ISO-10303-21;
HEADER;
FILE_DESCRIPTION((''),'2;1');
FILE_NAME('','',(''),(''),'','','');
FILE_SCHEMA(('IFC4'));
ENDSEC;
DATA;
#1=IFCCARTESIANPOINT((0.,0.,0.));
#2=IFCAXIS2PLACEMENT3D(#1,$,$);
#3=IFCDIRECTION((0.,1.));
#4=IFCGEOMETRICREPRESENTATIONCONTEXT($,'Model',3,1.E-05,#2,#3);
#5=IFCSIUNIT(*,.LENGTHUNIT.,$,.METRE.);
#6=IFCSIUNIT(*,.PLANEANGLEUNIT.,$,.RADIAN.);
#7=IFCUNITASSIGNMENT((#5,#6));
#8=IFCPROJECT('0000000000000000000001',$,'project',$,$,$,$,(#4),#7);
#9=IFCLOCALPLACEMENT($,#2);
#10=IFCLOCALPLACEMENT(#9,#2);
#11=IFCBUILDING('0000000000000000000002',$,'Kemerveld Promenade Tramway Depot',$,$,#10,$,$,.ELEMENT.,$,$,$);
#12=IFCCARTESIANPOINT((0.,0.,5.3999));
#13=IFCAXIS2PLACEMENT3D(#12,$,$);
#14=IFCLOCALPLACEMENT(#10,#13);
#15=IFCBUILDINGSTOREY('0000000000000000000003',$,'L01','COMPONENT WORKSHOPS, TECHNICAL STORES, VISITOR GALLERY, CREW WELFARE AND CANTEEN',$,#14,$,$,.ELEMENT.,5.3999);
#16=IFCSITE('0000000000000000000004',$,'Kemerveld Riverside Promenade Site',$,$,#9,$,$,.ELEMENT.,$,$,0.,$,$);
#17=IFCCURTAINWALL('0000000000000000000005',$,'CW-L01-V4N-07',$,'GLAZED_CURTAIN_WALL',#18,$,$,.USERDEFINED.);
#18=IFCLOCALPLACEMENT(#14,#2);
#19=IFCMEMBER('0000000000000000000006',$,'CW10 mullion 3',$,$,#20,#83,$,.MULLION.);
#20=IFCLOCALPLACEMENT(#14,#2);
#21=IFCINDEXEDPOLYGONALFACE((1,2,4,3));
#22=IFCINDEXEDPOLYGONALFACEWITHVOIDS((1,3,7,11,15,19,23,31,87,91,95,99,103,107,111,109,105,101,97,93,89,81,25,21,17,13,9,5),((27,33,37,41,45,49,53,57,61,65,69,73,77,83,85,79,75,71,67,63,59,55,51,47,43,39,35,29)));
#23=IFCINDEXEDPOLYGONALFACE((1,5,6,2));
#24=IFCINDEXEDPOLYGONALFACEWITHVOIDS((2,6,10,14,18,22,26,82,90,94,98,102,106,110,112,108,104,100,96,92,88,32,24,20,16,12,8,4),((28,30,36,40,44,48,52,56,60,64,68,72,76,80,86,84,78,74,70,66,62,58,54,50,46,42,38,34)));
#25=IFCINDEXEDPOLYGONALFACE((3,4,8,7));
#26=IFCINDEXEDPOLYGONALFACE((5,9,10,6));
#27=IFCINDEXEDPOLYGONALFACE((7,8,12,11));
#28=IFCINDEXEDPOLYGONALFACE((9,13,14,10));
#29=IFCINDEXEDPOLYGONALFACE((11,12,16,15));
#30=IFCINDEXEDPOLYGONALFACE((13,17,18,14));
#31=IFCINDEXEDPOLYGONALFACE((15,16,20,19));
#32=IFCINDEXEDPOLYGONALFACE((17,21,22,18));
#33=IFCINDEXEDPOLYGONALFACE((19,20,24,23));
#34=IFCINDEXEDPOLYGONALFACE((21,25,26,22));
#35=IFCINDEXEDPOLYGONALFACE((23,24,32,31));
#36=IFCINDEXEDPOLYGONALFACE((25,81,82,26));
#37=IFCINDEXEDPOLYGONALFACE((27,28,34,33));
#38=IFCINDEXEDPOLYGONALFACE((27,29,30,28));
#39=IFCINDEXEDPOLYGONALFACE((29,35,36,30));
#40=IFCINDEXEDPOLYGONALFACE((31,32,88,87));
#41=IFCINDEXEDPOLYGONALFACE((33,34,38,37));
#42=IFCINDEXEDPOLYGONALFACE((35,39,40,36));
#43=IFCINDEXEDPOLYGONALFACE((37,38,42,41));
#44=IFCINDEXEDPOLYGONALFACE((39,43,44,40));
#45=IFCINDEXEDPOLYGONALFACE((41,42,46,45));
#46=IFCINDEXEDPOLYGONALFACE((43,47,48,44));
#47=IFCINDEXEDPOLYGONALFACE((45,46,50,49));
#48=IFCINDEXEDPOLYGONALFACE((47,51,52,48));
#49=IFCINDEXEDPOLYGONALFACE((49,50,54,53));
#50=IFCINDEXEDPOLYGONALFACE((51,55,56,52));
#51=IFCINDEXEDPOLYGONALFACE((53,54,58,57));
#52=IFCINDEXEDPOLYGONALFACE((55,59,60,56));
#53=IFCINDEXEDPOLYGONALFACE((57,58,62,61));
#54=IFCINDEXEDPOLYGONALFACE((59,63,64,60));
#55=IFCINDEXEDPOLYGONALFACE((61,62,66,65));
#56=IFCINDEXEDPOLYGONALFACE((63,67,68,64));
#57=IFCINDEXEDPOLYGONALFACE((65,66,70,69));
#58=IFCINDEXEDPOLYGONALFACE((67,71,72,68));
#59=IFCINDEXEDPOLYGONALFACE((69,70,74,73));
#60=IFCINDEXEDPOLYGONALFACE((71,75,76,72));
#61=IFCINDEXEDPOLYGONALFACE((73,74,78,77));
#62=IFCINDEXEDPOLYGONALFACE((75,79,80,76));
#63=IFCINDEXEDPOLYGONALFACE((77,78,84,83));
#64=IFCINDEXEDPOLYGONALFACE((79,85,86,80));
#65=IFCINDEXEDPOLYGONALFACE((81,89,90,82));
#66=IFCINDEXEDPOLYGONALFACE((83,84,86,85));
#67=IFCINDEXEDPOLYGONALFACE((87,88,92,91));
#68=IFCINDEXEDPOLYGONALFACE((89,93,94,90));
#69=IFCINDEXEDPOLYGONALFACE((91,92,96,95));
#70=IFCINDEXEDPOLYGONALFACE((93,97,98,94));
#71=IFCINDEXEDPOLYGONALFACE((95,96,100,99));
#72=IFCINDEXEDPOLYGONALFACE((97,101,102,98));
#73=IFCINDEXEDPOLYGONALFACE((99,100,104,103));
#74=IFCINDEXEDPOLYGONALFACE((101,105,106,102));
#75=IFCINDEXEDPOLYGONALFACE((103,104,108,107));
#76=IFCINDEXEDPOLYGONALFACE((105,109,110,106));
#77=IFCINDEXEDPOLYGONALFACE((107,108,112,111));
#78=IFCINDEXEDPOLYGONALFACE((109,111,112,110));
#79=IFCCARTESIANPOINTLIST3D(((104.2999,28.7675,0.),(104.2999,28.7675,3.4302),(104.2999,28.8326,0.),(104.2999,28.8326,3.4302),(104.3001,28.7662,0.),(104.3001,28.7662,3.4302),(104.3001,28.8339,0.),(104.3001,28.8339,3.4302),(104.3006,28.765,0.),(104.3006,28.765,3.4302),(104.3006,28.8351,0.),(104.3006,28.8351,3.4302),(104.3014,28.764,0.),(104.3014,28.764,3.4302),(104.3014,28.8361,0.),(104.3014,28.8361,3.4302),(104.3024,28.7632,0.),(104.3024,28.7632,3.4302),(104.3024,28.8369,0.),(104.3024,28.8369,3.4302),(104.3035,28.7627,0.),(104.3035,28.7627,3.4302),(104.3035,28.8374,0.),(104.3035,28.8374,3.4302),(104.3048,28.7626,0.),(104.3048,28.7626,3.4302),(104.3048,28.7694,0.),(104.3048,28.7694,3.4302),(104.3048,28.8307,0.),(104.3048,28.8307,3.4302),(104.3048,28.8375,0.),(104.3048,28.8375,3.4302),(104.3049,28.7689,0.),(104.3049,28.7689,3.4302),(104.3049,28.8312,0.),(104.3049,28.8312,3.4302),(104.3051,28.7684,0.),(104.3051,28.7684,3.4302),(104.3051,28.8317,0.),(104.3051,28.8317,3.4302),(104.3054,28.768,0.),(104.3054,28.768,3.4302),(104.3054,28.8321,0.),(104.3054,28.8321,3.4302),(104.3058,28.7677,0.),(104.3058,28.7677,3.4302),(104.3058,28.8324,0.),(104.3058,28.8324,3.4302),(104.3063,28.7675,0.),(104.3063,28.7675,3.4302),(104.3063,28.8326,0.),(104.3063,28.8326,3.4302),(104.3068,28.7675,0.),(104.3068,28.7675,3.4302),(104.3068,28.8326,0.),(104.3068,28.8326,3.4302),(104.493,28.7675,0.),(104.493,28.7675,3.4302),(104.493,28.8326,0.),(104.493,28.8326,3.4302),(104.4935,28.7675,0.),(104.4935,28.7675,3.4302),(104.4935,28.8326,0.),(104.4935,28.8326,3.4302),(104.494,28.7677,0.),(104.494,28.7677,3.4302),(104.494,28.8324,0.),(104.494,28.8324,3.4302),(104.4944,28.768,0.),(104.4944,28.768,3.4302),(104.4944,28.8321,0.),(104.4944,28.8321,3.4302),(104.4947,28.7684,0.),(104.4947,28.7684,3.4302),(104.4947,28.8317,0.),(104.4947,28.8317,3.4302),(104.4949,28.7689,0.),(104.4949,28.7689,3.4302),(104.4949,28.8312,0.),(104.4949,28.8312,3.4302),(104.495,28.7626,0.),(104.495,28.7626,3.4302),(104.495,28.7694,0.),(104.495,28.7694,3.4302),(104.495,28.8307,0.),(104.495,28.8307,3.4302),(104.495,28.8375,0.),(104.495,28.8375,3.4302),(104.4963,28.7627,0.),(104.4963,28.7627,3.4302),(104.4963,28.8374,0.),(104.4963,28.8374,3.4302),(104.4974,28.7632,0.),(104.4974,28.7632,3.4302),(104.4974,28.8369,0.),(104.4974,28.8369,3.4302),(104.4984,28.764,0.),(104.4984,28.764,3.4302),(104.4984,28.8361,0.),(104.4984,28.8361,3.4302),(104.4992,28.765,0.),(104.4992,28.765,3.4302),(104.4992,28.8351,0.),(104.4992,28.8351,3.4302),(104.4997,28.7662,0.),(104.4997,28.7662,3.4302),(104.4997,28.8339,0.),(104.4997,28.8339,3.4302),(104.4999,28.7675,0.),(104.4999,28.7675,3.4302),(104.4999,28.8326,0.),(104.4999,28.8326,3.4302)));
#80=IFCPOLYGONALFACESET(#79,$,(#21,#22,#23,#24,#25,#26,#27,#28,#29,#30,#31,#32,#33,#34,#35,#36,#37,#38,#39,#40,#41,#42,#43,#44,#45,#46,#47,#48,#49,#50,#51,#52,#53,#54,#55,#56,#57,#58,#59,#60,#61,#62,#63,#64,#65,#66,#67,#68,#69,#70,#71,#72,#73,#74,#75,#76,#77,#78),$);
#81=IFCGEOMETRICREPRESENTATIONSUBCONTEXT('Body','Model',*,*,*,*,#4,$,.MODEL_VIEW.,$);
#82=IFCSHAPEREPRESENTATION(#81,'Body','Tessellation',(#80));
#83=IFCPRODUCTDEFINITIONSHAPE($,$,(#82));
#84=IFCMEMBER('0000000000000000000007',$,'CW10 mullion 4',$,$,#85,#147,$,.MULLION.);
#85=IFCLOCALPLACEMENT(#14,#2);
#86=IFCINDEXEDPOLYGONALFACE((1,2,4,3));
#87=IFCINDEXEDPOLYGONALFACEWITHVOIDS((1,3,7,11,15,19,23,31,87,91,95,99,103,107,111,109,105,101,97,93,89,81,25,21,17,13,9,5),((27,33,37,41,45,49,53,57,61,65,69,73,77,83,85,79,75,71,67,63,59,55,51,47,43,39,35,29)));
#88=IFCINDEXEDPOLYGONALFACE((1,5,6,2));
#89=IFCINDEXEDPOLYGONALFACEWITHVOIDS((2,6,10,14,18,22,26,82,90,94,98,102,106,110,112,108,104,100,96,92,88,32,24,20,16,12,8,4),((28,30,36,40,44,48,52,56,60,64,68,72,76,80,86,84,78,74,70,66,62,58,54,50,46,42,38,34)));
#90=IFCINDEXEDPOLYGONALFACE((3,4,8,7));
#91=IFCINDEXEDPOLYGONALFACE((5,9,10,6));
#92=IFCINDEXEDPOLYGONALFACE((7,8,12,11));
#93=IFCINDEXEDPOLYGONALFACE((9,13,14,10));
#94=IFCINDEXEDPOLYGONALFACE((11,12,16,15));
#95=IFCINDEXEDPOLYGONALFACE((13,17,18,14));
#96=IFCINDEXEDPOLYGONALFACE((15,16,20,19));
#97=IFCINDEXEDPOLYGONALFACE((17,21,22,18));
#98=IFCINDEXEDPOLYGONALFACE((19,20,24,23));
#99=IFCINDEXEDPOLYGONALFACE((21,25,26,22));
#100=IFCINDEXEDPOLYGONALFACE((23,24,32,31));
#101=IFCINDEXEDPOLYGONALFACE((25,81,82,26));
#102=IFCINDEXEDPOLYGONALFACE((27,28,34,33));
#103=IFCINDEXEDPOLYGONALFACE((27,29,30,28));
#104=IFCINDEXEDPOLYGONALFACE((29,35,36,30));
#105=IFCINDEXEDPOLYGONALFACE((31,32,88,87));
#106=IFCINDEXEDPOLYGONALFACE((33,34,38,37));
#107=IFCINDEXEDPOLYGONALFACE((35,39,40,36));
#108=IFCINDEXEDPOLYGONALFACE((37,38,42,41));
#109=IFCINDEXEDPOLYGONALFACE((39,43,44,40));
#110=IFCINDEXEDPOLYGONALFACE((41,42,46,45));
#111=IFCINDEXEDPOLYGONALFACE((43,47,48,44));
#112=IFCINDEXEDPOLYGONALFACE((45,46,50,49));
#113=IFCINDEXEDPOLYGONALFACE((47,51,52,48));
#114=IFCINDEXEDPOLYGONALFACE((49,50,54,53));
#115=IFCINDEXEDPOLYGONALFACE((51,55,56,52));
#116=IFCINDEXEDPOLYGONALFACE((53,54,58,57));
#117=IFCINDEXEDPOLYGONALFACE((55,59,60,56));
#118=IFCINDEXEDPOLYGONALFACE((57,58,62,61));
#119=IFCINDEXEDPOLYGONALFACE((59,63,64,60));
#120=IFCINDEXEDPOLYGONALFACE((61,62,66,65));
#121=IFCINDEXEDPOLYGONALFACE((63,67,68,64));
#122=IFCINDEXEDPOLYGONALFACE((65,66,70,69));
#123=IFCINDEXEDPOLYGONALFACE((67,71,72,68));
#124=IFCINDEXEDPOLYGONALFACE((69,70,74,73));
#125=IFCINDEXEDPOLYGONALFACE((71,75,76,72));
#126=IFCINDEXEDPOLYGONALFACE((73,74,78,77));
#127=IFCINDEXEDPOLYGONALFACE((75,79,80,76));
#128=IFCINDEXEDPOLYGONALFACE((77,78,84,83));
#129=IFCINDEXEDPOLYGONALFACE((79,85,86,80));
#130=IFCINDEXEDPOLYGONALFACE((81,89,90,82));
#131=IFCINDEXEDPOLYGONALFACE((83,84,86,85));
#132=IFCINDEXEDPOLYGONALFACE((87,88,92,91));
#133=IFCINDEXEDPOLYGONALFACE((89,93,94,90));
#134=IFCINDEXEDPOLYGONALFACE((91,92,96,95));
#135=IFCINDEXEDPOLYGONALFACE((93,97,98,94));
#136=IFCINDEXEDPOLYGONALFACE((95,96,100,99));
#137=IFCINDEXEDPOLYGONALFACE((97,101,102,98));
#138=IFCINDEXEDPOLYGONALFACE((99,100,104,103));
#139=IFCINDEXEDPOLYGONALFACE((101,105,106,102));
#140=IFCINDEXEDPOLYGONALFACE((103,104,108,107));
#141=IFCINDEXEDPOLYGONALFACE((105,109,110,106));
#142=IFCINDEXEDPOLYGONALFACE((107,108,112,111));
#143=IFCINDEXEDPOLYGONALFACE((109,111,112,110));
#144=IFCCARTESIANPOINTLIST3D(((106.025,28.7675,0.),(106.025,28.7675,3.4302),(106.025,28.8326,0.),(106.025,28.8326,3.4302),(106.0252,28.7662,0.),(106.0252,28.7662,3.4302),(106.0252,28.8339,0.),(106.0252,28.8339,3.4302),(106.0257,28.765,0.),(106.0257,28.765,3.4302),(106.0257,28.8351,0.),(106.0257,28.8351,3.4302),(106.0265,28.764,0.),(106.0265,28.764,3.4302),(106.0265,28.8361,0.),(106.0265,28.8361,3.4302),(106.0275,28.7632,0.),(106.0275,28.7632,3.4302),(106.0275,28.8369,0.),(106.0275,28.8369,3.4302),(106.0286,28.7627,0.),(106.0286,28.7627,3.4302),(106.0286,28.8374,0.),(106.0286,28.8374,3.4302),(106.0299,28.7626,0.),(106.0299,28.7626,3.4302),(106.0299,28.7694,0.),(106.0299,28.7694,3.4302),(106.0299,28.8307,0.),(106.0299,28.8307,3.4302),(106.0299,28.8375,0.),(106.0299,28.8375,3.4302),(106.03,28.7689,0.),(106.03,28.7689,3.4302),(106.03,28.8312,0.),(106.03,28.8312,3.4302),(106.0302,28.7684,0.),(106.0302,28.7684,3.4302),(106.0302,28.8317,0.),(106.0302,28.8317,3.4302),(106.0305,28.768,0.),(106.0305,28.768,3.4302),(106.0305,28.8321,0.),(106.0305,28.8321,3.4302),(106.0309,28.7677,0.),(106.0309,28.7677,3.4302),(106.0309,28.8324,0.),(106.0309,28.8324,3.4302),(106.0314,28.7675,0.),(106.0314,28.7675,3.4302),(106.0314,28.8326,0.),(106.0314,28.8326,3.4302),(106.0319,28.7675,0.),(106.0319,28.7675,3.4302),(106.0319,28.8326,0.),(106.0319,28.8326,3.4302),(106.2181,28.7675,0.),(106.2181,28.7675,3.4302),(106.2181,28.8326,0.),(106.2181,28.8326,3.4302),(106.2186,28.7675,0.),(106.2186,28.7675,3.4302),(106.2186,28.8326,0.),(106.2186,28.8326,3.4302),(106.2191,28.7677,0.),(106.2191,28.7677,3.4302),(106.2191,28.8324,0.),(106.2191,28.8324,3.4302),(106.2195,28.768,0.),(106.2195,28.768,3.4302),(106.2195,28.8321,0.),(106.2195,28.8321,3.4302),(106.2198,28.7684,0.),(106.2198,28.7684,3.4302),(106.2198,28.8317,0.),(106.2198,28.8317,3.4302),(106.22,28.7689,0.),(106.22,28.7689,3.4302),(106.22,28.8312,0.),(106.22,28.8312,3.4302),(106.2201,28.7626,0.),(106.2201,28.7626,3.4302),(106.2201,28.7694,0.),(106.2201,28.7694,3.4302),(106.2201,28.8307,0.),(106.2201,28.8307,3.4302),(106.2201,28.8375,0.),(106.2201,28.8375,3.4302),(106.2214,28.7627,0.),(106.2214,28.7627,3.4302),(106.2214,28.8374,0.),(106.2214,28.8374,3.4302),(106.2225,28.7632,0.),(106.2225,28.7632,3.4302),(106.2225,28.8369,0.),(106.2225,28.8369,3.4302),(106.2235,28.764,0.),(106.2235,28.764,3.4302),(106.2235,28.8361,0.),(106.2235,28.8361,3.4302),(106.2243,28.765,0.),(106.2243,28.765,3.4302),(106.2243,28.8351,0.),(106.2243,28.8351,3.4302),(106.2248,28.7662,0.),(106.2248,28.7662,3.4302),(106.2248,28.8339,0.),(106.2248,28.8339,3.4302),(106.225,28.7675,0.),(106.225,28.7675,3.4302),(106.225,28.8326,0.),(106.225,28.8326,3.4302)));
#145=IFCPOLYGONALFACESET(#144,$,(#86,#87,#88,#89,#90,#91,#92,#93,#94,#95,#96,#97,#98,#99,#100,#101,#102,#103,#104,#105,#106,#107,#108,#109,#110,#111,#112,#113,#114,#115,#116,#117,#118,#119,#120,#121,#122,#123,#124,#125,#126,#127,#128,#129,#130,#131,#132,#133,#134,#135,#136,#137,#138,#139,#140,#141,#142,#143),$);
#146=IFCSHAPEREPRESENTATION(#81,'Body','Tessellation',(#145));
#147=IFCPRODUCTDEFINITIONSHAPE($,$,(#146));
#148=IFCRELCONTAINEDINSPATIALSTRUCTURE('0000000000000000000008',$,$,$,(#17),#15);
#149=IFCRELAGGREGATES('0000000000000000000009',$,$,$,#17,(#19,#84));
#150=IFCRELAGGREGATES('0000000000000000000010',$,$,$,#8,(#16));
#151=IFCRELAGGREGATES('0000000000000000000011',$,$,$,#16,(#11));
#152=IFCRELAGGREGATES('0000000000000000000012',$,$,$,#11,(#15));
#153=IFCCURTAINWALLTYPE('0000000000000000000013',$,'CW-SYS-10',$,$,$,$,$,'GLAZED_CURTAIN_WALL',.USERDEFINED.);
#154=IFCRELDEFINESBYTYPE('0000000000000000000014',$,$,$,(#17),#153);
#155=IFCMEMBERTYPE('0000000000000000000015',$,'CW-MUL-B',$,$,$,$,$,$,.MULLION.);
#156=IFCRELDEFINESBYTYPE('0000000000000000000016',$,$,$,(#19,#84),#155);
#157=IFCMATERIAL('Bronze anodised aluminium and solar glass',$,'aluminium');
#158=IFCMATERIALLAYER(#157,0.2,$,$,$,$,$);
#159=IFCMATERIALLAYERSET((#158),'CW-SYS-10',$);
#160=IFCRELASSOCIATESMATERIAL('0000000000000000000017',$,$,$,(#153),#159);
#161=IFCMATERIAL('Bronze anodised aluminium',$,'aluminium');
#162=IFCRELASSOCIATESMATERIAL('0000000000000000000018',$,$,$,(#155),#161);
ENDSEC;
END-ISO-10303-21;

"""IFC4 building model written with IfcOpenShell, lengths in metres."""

from ifc_helpers import new_model, si_unit, direction, frame, origin, origin_2d, place, context, subcontext, project, spatial, hollow_rectangle, extrude, material, layer, layer_set, material_profile, profile_set, type_object, element, aggregate, save


model = new_model("IFC4")

# Units and contexts
model_context = context("Model", 3, precision=1e-05, world=origin(), true_north=direction((0.0, 1.0)))
body_context = subcontext(model_context, "Body", "Model", "MODEL_VIEW")
ifc_project = project(units=[si_unit("LENGTHUNIT", "METRE"), si_unit("PLANEANGLEUNIT", "RADIAN")], contexts=[model_context])

# Site, building, storey
site_placement = place(None, origin())
site = spatial("IfcSite", under=ifc_project, at=site_placement, Name="Kemerveld Riverside Promenade Site", CompositionType="ELEMENT", RefElevation=0.0)
building_placement = place(site_placement, origin())
building = spatial("IfcBuilding", under=site, at=building_placement, Name="Kemerveld Promenade Tramway Depot", CompositionType="ELEMENT")
storey_placement = place(building_placement, frame((0.0, 0.0, 5.3999)))
storey = spatial("IfcBuildingStorey", under=building, at=storey_placement, Name="L01", Description="COMPONENT WORKSHOPS, TECHNICAL STORES, VISITOR GALLERY, CREW WELFARE AND CANTEEN", CompositionType="ELEMENT", Elevation=5.3999)

# Curtain wall, members
ifc_material_1 = material(Name="Bronze anodised aluminium and solar glass", Category="aluminium")
ifc_layer_1 = layer(ifc_material_1, 0.2)
ifc_layer_set_1 = layer_set([ifc_layer_1], Name="CW-SYS-10")
curtain_wall_type = type_object("IfcCurtainWallType", Name="CW-SYS-10", ElementType="GLAZED_CURTAIN_WALL", PredefinedType="USERDEFINED", material=ifc_layer_set_1)
curtain_wall_placement = place(storey_placement, origin())
curtain_wall = element("IfcCurtainWall", 1, at=curtain_wall_placement, inside=storey, type_object=curtain_wall_type, Name="CW-L01-V4N-07", ObjectType="GLAZED_CURTAIN_WALL", PredefinedType="USERDEFINED")
ifc_material_2 = material(Name="Bronze anodised aluminium", Category="aluminium")
ifc_material_profile_1 = material_profile(ifc_material_2, hollow_rectangle(XDim=0.075, YDim=0.2, WallThickness=0.0049, InnerFilletRadius=0.002, OuterFilletRadius=0.0049, at=origin_2d()), Name="CW-MUL-200x75")
ifc_profile_set_1 = profile_set([ifc_material_profile_1], Name="Bronze anodised aluminium")
member_type_1 = type_object("IfcMemberType", Name="CW-MUL-B", PredefinedType="MULLION", material=ifc_profile_set_1)
member_1_placement = place(storey_placement, frame((104.3999, 28.8, 0.0), z_axis=(0.0, 0.0, 1.0), x_axis=(0.0, 1.0, 0.0)))
member_1 = element("IfcMember", 2, at=member_1_placement, type_object=member_type_1, Name="CW10 mullion 3", PredefinedType="MULLION", context=body_context, shape_type="SweptSolid", body=[
    extrude(hollow_rectangle(XDim=0.075, YDim=0.2, WallThickness=0.0049, InnerFilletRadius=0.002, OuterFilletRadius=0.0049, at=origin_2d()), origin(), (0.0, 0.0, 1.0), 3.4302),
])
member_2_placement = place(storey_placement, frame((106.125, 28.8, 0.0), z_axis=(0.0, 0.0, 1.0), x_axis=(0.0, 1.0, 0.0)))
member_2 = element("IfcMember", 3, at=member_2_placement, type_object=member_type_1, Name="CW10 mullion 4", PredefinedType="MULLION", context=body_context, shape_type="SweptSolid", body=[
    extrude(hollow_rectangle(XDim=0.075, YDim=0.2, WallThickness=0.0049, InnerFilletRadius=0.002, OuterFilletRadius=0.0049, at=origin_2d()), origin(), (0.0, 0.0, 1.0), 3.4302),
])
aggregate(curtain_wall, [member_1, member_2])

save(model, "model.ifc")
